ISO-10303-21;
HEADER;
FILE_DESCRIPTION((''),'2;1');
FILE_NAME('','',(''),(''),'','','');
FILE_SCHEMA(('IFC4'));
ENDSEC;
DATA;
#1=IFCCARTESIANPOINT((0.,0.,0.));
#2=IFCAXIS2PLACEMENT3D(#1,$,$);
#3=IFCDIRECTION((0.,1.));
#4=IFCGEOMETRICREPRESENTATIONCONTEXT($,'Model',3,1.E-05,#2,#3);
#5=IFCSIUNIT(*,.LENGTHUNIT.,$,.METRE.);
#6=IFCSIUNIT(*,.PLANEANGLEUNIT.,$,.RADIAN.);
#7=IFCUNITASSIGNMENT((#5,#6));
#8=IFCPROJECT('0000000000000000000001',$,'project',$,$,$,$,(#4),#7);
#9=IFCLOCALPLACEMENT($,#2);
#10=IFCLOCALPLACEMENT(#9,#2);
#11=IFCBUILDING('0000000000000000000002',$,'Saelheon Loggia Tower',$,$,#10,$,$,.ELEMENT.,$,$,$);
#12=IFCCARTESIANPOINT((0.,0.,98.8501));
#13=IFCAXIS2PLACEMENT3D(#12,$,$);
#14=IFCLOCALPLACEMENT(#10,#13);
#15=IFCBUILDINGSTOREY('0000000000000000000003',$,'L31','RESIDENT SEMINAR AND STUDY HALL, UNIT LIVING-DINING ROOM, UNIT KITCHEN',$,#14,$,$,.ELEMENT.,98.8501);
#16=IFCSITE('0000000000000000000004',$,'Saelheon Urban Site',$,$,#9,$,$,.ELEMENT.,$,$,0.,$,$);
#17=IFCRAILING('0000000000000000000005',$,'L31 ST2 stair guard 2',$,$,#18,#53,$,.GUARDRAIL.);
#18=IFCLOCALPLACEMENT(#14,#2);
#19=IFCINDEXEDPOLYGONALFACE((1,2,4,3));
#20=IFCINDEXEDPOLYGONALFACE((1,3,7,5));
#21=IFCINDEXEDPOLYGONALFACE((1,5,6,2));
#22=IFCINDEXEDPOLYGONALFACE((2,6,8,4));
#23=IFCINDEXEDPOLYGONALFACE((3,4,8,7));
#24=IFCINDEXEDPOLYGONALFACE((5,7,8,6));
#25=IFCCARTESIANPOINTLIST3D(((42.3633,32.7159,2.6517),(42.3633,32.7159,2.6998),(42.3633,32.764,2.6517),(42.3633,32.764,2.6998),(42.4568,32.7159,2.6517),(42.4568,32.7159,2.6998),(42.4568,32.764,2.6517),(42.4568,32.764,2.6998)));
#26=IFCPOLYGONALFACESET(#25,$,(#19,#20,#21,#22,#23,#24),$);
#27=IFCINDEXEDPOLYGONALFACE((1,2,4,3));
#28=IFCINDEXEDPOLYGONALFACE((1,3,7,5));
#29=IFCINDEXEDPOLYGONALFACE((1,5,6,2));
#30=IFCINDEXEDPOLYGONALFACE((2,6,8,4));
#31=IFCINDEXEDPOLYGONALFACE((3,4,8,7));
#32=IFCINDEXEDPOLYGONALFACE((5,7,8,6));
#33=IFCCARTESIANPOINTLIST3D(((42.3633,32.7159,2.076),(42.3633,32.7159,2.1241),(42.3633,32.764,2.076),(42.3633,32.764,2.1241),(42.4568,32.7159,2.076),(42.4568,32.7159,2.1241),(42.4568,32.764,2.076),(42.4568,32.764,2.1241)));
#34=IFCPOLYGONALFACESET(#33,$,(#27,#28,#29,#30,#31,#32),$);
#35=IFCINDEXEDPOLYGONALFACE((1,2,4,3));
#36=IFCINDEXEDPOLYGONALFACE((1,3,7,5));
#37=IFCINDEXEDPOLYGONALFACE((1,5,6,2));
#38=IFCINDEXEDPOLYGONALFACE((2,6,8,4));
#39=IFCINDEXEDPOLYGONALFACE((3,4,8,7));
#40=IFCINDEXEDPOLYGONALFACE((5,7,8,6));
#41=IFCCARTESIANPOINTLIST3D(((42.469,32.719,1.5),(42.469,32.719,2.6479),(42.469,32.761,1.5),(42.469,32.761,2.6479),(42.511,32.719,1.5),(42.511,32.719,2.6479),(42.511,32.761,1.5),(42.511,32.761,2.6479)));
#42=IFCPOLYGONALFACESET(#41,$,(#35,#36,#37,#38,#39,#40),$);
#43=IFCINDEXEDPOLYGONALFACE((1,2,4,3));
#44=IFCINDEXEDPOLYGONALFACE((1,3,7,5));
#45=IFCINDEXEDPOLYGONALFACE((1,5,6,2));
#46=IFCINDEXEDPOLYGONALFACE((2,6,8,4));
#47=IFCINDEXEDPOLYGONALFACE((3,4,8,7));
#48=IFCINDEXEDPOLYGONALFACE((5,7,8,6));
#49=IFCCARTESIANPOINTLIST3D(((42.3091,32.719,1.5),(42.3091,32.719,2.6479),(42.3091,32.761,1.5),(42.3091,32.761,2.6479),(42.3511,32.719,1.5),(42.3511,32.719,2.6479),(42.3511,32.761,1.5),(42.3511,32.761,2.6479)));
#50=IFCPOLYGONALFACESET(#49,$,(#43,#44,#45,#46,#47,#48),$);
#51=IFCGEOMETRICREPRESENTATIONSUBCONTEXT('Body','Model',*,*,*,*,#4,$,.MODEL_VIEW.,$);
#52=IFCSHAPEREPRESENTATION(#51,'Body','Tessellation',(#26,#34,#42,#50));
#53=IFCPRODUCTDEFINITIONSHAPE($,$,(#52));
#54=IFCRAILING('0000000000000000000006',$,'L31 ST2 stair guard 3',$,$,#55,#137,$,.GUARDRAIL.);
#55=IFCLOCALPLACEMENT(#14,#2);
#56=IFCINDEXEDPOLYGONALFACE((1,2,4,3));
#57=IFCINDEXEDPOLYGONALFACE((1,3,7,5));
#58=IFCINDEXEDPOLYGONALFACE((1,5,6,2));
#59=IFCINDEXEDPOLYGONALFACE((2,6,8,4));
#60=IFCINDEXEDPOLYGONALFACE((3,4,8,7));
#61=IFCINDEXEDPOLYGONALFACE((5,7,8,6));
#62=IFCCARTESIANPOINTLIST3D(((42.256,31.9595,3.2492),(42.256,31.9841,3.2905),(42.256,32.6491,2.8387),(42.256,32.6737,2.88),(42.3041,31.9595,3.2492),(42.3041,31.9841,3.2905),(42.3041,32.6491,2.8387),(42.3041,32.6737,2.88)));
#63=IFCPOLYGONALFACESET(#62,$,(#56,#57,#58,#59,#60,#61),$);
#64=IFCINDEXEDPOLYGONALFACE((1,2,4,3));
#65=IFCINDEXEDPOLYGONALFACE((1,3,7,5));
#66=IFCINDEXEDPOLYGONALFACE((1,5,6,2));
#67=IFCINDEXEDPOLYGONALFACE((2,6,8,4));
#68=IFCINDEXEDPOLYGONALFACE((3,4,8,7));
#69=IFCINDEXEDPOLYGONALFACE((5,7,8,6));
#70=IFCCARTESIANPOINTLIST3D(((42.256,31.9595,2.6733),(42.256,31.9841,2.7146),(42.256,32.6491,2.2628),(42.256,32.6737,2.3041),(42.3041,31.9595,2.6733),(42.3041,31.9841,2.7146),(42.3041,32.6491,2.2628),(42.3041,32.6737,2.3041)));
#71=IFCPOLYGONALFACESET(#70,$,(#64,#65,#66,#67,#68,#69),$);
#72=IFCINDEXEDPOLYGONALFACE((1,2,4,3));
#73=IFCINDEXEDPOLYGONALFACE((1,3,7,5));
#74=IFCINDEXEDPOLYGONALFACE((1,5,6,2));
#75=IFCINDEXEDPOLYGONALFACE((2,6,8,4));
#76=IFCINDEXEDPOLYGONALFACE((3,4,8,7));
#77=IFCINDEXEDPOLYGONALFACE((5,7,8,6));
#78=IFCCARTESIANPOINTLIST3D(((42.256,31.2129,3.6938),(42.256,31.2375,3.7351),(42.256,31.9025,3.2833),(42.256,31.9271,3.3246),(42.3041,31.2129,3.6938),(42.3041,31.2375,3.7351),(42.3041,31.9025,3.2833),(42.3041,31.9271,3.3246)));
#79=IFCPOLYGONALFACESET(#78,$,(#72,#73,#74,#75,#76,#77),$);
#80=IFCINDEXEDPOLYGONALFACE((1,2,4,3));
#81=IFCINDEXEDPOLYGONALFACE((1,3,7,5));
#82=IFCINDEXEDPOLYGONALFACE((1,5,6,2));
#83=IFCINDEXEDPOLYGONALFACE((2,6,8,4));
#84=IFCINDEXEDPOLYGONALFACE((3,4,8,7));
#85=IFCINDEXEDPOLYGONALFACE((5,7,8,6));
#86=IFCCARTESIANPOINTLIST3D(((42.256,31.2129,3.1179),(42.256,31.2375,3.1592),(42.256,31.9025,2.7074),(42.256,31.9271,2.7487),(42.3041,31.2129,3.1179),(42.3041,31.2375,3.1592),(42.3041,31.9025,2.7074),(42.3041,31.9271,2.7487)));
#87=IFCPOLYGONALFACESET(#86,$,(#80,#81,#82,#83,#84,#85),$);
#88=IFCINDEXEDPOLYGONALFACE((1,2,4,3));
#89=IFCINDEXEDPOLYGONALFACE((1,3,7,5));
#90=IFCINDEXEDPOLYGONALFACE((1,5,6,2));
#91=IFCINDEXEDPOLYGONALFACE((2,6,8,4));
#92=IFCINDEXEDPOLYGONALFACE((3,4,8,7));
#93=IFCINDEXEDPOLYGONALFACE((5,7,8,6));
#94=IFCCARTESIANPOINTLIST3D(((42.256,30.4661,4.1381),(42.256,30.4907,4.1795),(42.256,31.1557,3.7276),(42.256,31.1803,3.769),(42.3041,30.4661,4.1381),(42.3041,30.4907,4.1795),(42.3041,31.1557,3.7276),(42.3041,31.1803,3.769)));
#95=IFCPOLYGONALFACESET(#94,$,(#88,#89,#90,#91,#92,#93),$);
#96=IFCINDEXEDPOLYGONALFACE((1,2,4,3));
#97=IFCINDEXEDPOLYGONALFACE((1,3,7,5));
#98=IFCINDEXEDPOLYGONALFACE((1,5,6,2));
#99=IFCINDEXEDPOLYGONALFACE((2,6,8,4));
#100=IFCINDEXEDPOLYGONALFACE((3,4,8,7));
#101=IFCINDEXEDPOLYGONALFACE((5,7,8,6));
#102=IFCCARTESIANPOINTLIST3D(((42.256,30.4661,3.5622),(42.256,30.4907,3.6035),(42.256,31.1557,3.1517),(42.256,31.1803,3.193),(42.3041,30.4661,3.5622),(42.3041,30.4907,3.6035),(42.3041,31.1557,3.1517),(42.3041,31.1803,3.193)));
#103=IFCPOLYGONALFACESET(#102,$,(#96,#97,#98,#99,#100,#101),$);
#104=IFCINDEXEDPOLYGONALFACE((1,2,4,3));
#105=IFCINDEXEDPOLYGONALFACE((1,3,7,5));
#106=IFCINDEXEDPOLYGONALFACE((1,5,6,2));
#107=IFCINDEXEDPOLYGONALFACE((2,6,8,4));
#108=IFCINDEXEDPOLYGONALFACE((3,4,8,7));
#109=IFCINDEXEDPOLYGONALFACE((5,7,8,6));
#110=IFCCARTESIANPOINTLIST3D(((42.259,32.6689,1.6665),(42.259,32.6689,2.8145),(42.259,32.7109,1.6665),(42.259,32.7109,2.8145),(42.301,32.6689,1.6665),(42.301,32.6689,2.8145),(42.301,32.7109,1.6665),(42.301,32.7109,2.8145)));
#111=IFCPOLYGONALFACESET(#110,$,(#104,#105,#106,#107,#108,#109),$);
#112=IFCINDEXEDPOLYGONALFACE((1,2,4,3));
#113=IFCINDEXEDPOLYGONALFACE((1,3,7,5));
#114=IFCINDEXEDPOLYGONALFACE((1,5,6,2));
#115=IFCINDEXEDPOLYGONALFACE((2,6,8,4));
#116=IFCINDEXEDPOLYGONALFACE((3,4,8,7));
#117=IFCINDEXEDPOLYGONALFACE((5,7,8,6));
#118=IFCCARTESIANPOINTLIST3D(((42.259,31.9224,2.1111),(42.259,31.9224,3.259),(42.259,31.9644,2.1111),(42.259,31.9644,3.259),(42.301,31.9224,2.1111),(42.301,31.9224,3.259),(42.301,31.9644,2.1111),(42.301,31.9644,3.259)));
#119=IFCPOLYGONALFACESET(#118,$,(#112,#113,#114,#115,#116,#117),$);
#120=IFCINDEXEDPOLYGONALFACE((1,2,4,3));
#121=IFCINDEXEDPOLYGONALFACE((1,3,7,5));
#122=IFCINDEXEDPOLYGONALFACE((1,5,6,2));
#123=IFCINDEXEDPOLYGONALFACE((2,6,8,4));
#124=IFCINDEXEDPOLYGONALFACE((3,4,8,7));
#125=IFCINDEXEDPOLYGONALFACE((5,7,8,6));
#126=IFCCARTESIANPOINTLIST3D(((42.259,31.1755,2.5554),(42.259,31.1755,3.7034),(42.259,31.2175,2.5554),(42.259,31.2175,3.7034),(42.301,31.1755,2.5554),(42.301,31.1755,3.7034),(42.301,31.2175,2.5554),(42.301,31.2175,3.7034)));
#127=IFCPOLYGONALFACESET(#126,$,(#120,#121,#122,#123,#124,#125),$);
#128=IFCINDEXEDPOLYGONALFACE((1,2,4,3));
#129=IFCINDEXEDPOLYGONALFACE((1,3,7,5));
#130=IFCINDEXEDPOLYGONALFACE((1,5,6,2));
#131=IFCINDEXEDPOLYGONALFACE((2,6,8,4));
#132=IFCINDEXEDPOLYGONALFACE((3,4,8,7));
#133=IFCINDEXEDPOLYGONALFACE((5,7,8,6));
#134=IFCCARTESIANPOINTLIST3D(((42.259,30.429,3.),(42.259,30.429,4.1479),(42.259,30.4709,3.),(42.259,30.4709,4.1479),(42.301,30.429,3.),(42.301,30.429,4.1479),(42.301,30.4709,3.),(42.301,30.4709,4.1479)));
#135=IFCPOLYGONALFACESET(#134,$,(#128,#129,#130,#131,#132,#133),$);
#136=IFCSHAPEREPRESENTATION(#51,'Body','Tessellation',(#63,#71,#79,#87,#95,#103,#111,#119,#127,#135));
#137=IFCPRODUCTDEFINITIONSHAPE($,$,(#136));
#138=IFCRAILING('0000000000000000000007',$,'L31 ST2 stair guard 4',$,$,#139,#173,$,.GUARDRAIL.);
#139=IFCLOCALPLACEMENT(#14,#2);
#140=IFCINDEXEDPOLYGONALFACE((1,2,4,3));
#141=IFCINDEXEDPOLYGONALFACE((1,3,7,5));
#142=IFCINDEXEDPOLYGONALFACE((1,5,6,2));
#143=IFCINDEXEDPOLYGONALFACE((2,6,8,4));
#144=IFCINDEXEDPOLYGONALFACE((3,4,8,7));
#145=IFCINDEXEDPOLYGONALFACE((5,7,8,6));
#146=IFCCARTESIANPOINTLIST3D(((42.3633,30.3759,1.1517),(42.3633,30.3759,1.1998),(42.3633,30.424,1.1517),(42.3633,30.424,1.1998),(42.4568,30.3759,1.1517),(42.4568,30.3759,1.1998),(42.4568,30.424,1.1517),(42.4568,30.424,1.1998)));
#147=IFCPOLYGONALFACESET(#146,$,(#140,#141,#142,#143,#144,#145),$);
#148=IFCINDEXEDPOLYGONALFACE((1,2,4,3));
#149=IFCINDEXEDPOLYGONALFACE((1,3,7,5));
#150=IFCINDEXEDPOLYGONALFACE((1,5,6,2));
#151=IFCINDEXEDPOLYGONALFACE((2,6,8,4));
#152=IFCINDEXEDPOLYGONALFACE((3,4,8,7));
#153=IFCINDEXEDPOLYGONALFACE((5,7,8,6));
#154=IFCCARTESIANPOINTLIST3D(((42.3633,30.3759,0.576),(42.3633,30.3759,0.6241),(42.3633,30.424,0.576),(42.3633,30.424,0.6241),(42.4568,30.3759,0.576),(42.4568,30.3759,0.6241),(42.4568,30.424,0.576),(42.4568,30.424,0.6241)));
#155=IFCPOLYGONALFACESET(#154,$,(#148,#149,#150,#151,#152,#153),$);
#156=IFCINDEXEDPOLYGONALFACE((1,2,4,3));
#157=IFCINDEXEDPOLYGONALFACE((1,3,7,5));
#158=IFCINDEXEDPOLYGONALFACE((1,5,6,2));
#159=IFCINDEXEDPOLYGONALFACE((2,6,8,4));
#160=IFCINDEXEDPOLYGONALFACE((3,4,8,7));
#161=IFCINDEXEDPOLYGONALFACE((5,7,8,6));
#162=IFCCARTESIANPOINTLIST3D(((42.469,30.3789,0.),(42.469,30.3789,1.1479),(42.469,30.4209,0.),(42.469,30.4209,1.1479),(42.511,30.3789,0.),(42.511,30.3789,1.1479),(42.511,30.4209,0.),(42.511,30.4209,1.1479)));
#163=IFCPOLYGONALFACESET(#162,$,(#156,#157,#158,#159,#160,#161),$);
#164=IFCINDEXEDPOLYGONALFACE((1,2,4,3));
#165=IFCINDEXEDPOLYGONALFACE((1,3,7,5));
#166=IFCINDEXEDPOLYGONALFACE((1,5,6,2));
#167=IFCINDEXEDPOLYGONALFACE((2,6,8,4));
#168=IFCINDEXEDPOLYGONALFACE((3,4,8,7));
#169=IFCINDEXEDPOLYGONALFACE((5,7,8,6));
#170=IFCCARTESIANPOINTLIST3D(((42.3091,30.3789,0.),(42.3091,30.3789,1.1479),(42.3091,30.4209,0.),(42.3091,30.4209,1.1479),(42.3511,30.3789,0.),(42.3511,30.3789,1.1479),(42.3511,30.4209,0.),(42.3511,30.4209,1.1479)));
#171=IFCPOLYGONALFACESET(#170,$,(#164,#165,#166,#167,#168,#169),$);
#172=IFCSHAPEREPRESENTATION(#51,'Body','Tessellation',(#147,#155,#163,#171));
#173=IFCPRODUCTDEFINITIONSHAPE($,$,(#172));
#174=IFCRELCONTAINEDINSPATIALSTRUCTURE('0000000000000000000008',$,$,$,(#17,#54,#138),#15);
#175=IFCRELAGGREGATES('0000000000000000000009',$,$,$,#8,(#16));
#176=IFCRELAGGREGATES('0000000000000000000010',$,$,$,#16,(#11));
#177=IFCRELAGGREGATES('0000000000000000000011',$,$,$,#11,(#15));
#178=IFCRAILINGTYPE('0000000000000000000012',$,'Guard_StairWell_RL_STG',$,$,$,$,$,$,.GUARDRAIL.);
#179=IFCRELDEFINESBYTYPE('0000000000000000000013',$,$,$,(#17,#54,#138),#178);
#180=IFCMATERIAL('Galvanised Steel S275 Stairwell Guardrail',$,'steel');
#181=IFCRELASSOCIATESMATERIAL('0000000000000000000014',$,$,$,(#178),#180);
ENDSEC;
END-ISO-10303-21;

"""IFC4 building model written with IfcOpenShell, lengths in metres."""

from ifc_helpers import new_model, si_unit, direction, frame, origin, origin_2d, place, context, subcontext, project, spatial, rectangle, extrude, material, type_object, element, save


model = new_model("IFC4")

# Units and contexts
model_context = context("Model", 3, precision=1e-05, world=origin(), true_north=direction((0.0, 1.0)))
body_context = subcontext(model_context, "Body", "Model", "MODEL_VIEW")
ifc_project = project(units=[si_unit("LENGTHUNIT", "METRE"), si_unit("PLANEANGLEUNIT", "RADIAN")], contexts=[model_context])

# Site, building, storey
site_placement = place(None, origin())
site = spatial("IfcSite", under=ifc_project, at=site_placement, Name="Saelheon Urban Site", CompositionType="ELEMENT", RefElevation=0.0)
building_placement = place(site_placement, origin())
building = spatial("IfcBuilding", under=site, at=building_placement, Name="Saelheon Loggia Tower", CompositionType="ELEMENT")
storey_placement = place(building_placement, frame((0.0, 0.0, 98.8501)))
storey = spatial("IfcBuildingStorey", under=building, at=storey_placement, Name="L31", Description="RESIDENT SEMINAR AND STUDY HALL, UNIT LIVING-DINING ROOM, UNIT KITCHEN", CompositionType="ELEMENT", Elevation=98.8501)

# Railings
ifc_material_1 = material(Name="Galvanised Steel S275 Stairwell Guardrail", Category="steel")
railing_type_1 = type_object("IfcRailingType", Name="Guard_StairWell_RL_STG", PredefinedType="GUARDRAIL", material=ifc_material_1)
railing_1_placement = place(storey_placement, frame((42.49, 32.74, 1.5)))
element("IfcRailing", 1, at=railing_1_placement, inside=storey, type_object=railing_type_1, Name="L31 ST2 stair guard 2", PredefinedType="GUARDRAIL", context=body_context, shape_type="SweptSolid", body=[
    extrude(rectangle(XDim=0.0481, YDim=0.0481, at=origin_2d()), frame((-0.0332, 0.0, 1.1758), z_axis=(-1.0, 0.0, 0.0), x_axis=(0.0, -1.0, 0.0)), (0.0, 0.0, 1.0), 0.0935),
    extrude(rectangle(XDim=0.0481, YDim=0.0481, at=origin_2d()), frame((-0.0332, 0.0, 0.6001), z_axis=(-1.0, 0.0, 0.0), x_axis=(0.0, -1.0, 0.0)), (0.0, 0.0, 1.0), 0.0935),
    extrude(rectangle(XDim=0.042, YDim=0.042, at=origin_2d()), origin(), (0.0, 0.0, 1.0), 1.1479),
    extrude(rectangle(XDim=0.042, YDim=0.042, at=origin_2d()), frame((-0.1599, 0.0, 0.0)), (0.0, 0.0, 1.0), 1.1479),
])
railing_2_placement = place(storey_placement, frame((42.28, 32.6899, 1.6665)))
element("IfcRailing", 2, at=railing_2_placement, inside=storey, type_object=railing_type_1, Name="L31 ST2 stair guard 3", PredefinedType="GUARDRAIL", context=body_context, shape_type="SweptSolid", body=[
    extrude(rectangle(XDim=0.0481, YDim=0.0481, at=origin_2d()), frame((0.0, -0.0286, 1.1929), z_axis=(0.0, -0.859264, 0.511532), x_axis=(1.0, 0.0, 0.0)), (0.0, 0.0, 1.0), 0.8025),
    extrude(rectangle(XDim=0.0481, YDim=0.0481, at=origin_2d()), frame((0.0, -0.0286, 0.6169), z_axis=(0.0, -0.859264, 0.511532), x_axis=(1.0, 0.0, 0.0)), (0.0, 0.0, 1.0), 0.8025),
    extrude(rectangle(XDim=0.0481, YDim=0.0481, at=origin_2d()), frame((0.0, -0.7751, 1.6375), z_axis=(0.0, -0.859264, 0.511532), x_axis=(1.0, 0.0, 0.0)), (0.0, 0.0, 1.0), 0.8025),
    extrude(rectangle(XDim=0.0481, YDim=0.0481, at=origin_2d()), frame((0.0, -0.7751, 1.0615), z_axis=(0.0, -0.859264, 0.511532), x_axis=(1.0, 0.0, 0.0)), (0.0, 0.0, 1.0), 0.8025),
    extrude(rectangle(XDim=0.0481, YDim=0.0481, at=origin_2d()), frame((0.0, -1.522, 2.0818), z_axis=(0.0, -0.859264, 0.511532), x_axis=(1.0, 0.0, 0.0)), (0.0, 0.0, 1.0), 0.8025),
    extrude(rectangle(XDim=0.0481, YDim=0.0481, at=origin_2d()), frame((0.0, -1.522, 1.5059), z_axis=(0.0, -0.859264, 0.511532), x_axis=(1.0, 0.0, 0.0)), (0.0, 0.0, 1.0), 0.8025),
    extrude(rectangle(XDim=0.042, YDim=0.042, at=origin_2d()), origin(), (0.0, 0.0, 1.0), 1.1479),
    extrude(rectangle(XDim=0.042, YDim=0.042, at=origin_2d()), frame((0.0, -0.7466, 0.4446)), (0.0, 0.0, 1.0), 1.1479),
    extrude(rectangle(XDim=0.042, YDim=0.042, at=origin_2d()), frame((0.0, -1.4934, 0.8889)), (0.0, 0.0, 1.0), 1.1479),
    extrude(rectangle(XDim=0.042, YDim=0.042, at=origin_2d()), frame((0.0, -2.24, 1.3335)), (0.0, 0.0, 1.0), 1.1479),
])
railing_3_placement = place(storey_placement, frame((42.49, 30.3999, 0.0)))
element("IfcRailing", 3, at=railing_3_placement, inside=storey, type_object=railing_type_1, Name="L31 ST2 stair guard 4", PredefinedType="GUARDRAIL", context=body_context, shape_type="SweptSolid", body=[
    extrude(rectangle(XDim=0.0481, YDim=0.0481, at=origin_2d()), frame((-0.0332, 0.0, 1.1758), z_axis=(-1.0, 0.0, 0.0), x_axis=(0.0, -1.0, 0.0)), (0.0, 0.0, 1.0), 0.0935),
    extrude(rectangle(XDim=0.0481, YDim=0.0481, at=origin_2d()), frame((-0.0332, 0.0, 0.6001), z_axis=(-1.0, 0.0, 0.0), x_axis=(0.0, -1.0, 0.0)), (0.0, 0.0, 1.0), 0.0935),
    extrude(rectangle(XDim=0.042, YDim=0.042, at=origin_2d()), origin(), (0.0, 0.0, 1.0), 1.1479),
    extrude(rectangle(XDim=0.042, YDim=0.042, at=origin_2d()), frame((-0.1599, 0.0, 0.0)), (0.0, 0.0, 1.0), 1.1479),
])

save(model, "model.ifc")
